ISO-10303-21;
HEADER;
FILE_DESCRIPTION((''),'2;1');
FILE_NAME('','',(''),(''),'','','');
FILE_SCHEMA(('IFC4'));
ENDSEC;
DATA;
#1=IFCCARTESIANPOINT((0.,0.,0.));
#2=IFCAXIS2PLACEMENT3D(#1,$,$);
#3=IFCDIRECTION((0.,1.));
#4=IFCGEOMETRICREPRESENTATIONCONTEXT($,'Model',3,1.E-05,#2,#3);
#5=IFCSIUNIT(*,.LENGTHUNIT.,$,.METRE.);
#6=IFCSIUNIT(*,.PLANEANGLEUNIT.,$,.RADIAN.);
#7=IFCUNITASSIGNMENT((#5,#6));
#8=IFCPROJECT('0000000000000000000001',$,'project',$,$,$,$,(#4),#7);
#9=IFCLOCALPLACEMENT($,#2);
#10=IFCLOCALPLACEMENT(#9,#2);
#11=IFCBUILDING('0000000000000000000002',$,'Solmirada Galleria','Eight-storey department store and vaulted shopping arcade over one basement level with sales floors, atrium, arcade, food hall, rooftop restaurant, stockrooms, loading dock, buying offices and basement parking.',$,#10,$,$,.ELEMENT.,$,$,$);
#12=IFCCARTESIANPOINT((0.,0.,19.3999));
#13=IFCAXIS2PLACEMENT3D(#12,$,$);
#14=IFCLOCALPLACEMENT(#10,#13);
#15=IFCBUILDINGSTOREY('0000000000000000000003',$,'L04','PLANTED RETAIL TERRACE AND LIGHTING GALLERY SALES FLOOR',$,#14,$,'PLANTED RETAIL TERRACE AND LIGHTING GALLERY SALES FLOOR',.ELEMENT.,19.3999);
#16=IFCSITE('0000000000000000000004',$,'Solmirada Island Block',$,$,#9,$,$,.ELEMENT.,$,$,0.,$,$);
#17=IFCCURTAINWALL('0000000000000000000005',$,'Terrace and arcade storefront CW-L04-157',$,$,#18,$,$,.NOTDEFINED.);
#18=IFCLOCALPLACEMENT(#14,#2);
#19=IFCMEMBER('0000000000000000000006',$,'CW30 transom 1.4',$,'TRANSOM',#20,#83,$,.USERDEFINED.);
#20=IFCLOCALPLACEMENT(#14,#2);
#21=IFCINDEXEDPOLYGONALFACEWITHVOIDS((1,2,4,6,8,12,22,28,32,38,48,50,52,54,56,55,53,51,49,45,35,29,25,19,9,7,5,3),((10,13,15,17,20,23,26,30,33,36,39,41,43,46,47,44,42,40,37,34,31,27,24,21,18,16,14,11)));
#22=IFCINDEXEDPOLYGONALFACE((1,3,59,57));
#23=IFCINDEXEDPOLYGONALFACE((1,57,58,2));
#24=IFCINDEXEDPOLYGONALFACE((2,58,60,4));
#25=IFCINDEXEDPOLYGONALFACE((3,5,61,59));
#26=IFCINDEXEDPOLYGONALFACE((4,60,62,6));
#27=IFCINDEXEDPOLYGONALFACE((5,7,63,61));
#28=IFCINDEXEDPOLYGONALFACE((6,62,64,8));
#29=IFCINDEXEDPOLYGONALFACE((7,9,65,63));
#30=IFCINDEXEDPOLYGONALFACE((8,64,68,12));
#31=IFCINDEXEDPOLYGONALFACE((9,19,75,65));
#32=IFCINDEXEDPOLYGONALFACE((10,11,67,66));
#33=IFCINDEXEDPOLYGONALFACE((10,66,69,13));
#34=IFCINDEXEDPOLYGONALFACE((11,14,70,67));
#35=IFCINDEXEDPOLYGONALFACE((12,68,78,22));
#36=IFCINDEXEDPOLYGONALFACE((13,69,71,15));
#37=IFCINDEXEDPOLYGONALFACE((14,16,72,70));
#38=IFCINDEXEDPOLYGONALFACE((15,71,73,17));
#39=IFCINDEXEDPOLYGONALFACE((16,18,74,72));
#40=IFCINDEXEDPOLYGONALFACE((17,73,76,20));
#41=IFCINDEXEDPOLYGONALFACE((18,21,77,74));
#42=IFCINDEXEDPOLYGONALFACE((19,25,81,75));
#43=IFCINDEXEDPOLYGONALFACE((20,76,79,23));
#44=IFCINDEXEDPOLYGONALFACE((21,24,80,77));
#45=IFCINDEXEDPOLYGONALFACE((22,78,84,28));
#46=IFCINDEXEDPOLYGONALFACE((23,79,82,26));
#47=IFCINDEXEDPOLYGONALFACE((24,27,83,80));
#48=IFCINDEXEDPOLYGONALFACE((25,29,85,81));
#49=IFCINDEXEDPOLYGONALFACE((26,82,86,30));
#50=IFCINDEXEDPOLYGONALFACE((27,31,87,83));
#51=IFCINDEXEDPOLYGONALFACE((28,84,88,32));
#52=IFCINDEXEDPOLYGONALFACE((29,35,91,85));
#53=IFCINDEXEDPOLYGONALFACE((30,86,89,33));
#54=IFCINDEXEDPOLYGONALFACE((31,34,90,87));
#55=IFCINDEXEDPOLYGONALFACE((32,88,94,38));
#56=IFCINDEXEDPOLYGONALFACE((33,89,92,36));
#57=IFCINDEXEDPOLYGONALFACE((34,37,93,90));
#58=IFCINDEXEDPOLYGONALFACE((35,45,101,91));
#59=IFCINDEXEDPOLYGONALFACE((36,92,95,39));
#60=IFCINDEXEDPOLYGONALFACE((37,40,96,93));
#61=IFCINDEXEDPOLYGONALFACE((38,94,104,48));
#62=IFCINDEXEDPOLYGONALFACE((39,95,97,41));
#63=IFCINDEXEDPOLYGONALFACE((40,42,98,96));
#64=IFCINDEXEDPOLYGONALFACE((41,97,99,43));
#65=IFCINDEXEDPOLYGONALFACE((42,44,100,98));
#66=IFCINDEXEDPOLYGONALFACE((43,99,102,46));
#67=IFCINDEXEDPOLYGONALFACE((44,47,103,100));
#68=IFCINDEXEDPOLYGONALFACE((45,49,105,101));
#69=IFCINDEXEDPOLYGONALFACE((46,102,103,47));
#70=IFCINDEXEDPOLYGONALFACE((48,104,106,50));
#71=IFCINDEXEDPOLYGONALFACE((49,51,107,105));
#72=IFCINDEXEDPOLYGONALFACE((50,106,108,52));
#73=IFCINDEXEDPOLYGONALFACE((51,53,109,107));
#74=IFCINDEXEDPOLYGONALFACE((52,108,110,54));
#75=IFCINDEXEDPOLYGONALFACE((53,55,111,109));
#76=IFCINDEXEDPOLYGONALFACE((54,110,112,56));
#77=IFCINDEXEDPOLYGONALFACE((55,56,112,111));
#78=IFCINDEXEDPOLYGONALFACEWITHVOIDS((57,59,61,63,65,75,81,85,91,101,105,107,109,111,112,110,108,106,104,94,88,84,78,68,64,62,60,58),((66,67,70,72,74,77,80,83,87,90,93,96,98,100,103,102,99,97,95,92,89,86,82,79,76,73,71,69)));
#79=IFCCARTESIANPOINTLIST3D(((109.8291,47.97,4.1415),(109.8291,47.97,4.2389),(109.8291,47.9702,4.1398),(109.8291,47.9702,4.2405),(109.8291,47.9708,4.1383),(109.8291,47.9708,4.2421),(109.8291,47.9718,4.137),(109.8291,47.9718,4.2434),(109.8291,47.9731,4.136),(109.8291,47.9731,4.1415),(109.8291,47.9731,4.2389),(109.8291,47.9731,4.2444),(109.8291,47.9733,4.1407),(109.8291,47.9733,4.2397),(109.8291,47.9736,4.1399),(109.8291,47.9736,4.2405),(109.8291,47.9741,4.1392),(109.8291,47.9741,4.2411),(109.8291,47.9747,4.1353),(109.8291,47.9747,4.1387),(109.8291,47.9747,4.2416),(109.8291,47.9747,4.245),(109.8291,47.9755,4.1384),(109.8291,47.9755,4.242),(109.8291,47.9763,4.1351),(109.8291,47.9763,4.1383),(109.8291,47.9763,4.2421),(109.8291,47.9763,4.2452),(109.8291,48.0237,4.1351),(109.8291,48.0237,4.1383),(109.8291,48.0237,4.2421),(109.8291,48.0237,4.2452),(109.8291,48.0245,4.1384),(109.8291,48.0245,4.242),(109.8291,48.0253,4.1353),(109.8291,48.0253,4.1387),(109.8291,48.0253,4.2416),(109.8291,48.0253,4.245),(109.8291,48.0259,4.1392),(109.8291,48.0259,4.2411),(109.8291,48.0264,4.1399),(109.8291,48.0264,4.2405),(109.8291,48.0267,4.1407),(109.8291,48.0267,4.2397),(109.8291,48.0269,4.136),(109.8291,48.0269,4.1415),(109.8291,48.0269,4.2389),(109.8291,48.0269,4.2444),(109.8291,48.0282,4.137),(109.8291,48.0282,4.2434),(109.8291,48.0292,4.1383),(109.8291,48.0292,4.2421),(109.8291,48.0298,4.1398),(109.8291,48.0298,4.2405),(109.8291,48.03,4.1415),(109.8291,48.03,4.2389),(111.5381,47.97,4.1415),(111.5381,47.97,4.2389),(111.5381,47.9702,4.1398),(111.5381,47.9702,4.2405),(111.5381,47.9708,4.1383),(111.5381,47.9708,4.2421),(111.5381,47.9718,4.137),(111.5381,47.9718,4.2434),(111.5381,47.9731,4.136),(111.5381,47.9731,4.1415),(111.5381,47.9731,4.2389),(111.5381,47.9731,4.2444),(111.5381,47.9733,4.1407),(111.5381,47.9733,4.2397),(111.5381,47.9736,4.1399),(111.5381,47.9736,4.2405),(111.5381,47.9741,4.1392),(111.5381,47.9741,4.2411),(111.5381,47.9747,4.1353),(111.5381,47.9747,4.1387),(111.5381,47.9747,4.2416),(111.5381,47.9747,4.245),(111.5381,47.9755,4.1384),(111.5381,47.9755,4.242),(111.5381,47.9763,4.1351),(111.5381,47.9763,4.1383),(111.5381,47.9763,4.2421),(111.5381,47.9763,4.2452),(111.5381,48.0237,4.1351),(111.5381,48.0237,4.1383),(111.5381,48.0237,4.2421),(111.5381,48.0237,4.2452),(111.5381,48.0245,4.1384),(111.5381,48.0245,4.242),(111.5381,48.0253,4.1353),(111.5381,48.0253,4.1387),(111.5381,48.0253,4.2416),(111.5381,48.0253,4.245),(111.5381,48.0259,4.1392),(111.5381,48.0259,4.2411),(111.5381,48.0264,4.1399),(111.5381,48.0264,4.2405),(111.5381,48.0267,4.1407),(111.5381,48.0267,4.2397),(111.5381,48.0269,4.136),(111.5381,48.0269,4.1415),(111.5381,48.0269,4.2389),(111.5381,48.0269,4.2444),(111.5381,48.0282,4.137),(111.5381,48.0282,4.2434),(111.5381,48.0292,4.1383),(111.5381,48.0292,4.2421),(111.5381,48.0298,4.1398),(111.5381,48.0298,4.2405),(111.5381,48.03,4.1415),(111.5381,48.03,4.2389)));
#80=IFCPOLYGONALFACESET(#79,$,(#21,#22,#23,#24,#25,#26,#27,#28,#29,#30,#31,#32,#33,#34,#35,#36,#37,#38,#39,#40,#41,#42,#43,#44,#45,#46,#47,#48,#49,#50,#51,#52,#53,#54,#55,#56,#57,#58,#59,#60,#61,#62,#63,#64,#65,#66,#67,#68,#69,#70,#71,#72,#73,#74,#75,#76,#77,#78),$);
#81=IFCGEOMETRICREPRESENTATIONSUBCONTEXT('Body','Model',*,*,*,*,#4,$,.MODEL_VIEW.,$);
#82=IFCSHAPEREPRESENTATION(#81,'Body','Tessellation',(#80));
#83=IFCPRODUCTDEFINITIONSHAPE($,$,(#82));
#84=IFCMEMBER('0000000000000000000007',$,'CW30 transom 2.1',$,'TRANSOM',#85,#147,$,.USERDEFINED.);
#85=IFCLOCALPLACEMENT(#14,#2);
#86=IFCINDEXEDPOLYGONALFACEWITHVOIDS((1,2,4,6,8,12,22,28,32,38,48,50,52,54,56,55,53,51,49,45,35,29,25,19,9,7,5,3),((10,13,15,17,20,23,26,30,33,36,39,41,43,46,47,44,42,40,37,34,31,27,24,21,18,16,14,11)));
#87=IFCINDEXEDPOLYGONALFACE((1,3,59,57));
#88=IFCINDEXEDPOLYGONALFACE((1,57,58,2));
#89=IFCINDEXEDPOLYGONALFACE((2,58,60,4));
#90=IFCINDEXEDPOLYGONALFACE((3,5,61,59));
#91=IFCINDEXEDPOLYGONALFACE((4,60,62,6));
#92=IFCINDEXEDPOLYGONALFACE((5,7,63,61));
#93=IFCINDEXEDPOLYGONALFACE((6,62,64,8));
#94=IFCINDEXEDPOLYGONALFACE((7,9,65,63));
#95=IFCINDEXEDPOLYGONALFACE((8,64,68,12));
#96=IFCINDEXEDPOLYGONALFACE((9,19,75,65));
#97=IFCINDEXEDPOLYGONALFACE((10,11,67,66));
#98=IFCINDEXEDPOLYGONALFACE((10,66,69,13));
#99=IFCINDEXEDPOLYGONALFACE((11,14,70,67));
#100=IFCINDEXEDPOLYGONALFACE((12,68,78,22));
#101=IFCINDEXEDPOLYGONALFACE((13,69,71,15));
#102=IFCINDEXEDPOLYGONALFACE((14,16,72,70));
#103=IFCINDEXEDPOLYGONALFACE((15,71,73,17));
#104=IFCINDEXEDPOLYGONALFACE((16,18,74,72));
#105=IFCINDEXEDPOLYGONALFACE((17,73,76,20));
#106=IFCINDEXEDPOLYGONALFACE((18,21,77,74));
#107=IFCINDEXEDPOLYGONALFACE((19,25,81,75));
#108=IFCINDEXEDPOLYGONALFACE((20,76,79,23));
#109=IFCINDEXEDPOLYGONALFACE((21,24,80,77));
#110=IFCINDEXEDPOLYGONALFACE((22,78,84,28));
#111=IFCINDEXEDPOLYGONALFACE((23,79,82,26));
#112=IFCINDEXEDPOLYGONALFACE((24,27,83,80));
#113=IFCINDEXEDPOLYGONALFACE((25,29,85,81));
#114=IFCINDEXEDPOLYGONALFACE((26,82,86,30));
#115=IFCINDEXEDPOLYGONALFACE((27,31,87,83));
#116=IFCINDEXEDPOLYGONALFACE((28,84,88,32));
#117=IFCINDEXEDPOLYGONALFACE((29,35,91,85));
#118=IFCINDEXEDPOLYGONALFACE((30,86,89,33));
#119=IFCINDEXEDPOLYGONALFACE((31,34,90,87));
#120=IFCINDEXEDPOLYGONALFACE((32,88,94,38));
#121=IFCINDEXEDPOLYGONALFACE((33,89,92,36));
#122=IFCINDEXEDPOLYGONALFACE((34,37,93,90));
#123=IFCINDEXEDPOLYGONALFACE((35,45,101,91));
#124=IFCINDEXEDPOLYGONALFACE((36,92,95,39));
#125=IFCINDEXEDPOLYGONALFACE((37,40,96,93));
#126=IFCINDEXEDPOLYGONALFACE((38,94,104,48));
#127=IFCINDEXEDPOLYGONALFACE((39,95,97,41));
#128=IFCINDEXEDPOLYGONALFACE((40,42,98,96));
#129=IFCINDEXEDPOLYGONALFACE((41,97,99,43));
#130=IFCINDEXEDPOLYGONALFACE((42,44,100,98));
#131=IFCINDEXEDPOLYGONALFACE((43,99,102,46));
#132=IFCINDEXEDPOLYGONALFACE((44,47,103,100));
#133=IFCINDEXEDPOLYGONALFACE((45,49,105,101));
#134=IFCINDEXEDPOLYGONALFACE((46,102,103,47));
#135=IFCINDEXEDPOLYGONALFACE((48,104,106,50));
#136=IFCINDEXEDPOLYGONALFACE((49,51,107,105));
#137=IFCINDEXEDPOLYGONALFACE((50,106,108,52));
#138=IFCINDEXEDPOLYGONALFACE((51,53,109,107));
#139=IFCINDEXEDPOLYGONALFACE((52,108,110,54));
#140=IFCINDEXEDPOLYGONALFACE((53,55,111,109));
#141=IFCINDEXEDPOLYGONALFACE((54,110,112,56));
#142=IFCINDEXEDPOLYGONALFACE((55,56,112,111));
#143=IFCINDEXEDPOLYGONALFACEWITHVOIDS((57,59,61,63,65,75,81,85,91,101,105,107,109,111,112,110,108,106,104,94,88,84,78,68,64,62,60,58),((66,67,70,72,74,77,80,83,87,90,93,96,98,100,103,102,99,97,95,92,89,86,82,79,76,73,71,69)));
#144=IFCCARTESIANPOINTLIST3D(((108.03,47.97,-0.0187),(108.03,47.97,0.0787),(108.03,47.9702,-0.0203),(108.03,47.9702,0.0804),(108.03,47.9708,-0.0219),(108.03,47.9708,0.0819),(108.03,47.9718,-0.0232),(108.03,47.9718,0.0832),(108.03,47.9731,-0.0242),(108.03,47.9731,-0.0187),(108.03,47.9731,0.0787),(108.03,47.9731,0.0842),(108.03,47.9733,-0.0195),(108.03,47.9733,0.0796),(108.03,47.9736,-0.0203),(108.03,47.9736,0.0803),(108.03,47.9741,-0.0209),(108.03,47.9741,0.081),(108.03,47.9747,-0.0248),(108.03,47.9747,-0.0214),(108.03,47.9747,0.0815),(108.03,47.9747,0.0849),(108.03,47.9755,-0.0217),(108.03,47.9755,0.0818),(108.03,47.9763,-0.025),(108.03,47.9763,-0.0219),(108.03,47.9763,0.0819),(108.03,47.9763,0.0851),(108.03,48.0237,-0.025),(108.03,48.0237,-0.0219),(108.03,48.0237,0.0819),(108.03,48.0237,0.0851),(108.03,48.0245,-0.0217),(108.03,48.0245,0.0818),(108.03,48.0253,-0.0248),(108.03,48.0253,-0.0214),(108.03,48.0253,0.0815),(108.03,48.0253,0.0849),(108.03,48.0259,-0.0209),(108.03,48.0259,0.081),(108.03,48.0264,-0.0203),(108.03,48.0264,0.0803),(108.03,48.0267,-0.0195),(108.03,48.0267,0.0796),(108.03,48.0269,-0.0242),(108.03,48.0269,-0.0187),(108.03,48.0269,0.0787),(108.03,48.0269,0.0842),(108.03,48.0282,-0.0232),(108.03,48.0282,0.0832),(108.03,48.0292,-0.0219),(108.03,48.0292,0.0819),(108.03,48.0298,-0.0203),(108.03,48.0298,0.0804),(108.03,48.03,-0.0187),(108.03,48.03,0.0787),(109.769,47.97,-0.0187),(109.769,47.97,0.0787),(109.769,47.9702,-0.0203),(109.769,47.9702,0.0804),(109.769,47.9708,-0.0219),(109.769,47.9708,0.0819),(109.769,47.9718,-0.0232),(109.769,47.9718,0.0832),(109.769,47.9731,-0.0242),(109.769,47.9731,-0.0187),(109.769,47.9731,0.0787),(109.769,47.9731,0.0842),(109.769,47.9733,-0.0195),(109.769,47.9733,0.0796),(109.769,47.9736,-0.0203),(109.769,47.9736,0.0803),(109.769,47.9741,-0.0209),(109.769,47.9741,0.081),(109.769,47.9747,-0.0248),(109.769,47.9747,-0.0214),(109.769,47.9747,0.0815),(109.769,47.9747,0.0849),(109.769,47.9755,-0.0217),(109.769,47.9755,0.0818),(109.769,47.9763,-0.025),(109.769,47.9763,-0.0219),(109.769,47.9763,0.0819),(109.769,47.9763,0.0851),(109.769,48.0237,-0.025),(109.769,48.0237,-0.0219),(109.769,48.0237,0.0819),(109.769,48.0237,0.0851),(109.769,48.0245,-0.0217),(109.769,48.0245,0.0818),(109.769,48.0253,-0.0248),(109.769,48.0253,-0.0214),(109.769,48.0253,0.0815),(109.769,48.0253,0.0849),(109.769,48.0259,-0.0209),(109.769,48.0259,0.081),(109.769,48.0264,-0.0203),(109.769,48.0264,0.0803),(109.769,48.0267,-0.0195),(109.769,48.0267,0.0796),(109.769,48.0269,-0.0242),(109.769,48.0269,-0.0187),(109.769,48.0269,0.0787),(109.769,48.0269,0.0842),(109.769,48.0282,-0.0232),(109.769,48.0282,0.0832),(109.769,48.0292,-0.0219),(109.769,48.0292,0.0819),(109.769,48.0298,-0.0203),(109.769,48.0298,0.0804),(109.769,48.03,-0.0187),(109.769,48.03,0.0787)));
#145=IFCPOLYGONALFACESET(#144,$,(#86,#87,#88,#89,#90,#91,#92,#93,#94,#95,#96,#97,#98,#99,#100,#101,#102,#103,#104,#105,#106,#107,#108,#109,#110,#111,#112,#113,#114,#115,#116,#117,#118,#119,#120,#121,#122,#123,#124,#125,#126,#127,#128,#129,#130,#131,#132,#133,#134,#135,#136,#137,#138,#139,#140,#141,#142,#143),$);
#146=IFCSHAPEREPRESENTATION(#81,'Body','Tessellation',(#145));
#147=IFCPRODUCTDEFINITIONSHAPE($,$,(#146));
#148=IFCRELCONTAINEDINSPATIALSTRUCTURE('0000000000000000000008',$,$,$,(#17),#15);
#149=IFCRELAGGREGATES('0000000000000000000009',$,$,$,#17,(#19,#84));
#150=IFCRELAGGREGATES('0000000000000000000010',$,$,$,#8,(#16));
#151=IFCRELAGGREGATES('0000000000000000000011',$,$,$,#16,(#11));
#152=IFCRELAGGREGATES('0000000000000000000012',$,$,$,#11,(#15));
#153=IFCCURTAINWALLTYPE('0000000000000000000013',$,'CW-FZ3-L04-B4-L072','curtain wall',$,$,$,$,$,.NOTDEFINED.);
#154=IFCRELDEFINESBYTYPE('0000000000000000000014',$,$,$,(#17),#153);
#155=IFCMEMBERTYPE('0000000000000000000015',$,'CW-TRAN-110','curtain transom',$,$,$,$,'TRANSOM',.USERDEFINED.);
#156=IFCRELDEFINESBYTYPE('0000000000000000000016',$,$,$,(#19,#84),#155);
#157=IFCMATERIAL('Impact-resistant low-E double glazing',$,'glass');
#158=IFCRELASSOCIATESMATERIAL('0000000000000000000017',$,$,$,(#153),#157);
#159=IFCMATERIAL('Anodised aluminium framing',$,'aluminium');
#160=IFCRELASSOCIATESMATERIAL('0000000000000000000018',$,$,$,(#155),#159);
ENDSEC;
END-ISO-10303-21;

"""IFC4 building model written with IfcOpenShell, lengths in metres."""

from ifc_helpers import new_model, si_unit, direction, frame, origin, origin_2d, place, context, subcontext, project, spatial, hollow_rectangle, extrude, material, material_profile, profile_set, type_object, element, aggregate, save


model = new_model("IFC4")

# Units and contexts
model_context = context("Model", 3, precision=1e-05, world=origin(), true_north=direction((0.0, 1.0)))
body_context = subcontext(model_context, "Body", "Model", "MODEL_VIEW")
ifc_project = project(units=[si_unit("LENGTHUNIT", "METRE"), si_unit("PLANEANGLEUNIT", "RADIAN")], contexts=[model_context])

# Site, building, storey
site_placement = place(None, origin())
site = spatial("IfcSite", under=ifc_project, at=site_placement, Name="Solmirada Island Block", CompositionType="ELEMENT", RefElevation=0.0)
building_placement = place(site_placement, origin())
building = spatial("IfcBuilding", under=site, at=building_placement, Name="Solmirada Galleria", Description="Eight-storey department store and vaulted shopping arcade over one basement level with sales floors, atrium, arcade, food hall, rooftop restaurant, stockrooms, loading dock, buying offices and basement parking.", CompositionType="ELEMENT")
storey_placement = place(building_placement, frame((0.0, 0.0, 19.3999)))
storey = spatial("IfcBuildingStorey", under=building, at=storey_placement, Name="L04", Description="PLANTED RETAIL TERRACE AND LIGHTING GALLERY SALES FLOOR", LongName="PLANTED RETAIL TERRACE AND LIGHTING GALLERY SALES FLOOR", CompositionType="ELEMENT", Elevation=19.3999)

# Shared definitions
ifc_material_1 = material(Name="Impact-resistant low-E double glazing", Category="glass")
curtain_wall_type = type_object("IfcCurtainWallType", Name="CW-FZ3-L04-B4-L072", Description="curtain wall", PredefinedType="NOTDEFINED", material=ifc_material_1)
ifc_material_2 = material(Name="Anodised aluminium framing", Category="aluminium")

# Curtain wall
curtain_wall_1_placement = place(storey_placement, origin())
curtain_wall_1 = element("IfcCurtainWall", 1, at=curtain_wall_1_placement, inside=storey, type_object=curtain_wall_type, Name="Terrace and arcade storefront CW-L04-157", PredefinedType="NOTDEFINED")

# Members
ifc_material_profile_1 = material_profile(ifc_material_2, hollow_rectangle(XDim=0.0601, YDim=0.1101, WallThickness=0.0032, InnerFilletRadius=0.0032, OuterFilletRadius=0.0063, at=origin_2d()), Name="ALU-TRAN-110X60")
ifc_profile_set_1 = profile_set([ifc_material_profile_1], Name="Anodised aluminium framing")
member_type_1 = type_object("IfcMemberType", Name="CW-TRAN-110", Description="curtain transom", ElementType="TRANSOM", PredefinedType="USERDEFINED", material=ifc_profile_set_1)
member_1_placement = place(storey_placement, frame((111.5381, 48.0, 4.1902), z_axis=(-1.0, 0.0, 0.0), x_axis=(0.0, -1.0, 0.0)))
member_1 = element("IfcMember", 2, at=member_1_placement, type_object=member_type_1, Name="CW30 transom 1.4", ObjectType="TRANSOM", PredefinedType="USERDEFINED", context=body_context, shape_type="SweptSolid", body=[
    extrude(hollow_rectangle(XDim=0.0601, YDim=0.1101, WallThickness=0.0032, InnerFilletRadius=0.0032, OuterFilletRadius=0.0063, at=origin_2d()), origin(), (0.0, 0.0, 1.0), 1.709),
])
member_2_placement = place(storey_placement, frame((109.769, 48.0, 0.03), z_axis=(-1.0, 0.0, 0.0), x_axis=(0.0, -1.0, 0.0)))
member_2 = element("IfcMember", 3, at=member_2_placement, type_object=member_type_1, Name="CW30 transom 2.1", ObjectType="TRANSOM", PredefinedType="USERDEFINED", context=body_context, shape_type="SweptSolid", body=[
    extrude(hollow_rectangle(XDim=0.0601, YDim=0.1101, WallThickness=0.0032, InnerFilletRadius=0.0032, OuterFilletRadius=0.0063, at=origin_2d()), origin(), (0.0, 0.0, 1.0), 1.739),
])

aggregate(curtain_wall_1, [member_1, member_2])

save(model, "model.ifc")
